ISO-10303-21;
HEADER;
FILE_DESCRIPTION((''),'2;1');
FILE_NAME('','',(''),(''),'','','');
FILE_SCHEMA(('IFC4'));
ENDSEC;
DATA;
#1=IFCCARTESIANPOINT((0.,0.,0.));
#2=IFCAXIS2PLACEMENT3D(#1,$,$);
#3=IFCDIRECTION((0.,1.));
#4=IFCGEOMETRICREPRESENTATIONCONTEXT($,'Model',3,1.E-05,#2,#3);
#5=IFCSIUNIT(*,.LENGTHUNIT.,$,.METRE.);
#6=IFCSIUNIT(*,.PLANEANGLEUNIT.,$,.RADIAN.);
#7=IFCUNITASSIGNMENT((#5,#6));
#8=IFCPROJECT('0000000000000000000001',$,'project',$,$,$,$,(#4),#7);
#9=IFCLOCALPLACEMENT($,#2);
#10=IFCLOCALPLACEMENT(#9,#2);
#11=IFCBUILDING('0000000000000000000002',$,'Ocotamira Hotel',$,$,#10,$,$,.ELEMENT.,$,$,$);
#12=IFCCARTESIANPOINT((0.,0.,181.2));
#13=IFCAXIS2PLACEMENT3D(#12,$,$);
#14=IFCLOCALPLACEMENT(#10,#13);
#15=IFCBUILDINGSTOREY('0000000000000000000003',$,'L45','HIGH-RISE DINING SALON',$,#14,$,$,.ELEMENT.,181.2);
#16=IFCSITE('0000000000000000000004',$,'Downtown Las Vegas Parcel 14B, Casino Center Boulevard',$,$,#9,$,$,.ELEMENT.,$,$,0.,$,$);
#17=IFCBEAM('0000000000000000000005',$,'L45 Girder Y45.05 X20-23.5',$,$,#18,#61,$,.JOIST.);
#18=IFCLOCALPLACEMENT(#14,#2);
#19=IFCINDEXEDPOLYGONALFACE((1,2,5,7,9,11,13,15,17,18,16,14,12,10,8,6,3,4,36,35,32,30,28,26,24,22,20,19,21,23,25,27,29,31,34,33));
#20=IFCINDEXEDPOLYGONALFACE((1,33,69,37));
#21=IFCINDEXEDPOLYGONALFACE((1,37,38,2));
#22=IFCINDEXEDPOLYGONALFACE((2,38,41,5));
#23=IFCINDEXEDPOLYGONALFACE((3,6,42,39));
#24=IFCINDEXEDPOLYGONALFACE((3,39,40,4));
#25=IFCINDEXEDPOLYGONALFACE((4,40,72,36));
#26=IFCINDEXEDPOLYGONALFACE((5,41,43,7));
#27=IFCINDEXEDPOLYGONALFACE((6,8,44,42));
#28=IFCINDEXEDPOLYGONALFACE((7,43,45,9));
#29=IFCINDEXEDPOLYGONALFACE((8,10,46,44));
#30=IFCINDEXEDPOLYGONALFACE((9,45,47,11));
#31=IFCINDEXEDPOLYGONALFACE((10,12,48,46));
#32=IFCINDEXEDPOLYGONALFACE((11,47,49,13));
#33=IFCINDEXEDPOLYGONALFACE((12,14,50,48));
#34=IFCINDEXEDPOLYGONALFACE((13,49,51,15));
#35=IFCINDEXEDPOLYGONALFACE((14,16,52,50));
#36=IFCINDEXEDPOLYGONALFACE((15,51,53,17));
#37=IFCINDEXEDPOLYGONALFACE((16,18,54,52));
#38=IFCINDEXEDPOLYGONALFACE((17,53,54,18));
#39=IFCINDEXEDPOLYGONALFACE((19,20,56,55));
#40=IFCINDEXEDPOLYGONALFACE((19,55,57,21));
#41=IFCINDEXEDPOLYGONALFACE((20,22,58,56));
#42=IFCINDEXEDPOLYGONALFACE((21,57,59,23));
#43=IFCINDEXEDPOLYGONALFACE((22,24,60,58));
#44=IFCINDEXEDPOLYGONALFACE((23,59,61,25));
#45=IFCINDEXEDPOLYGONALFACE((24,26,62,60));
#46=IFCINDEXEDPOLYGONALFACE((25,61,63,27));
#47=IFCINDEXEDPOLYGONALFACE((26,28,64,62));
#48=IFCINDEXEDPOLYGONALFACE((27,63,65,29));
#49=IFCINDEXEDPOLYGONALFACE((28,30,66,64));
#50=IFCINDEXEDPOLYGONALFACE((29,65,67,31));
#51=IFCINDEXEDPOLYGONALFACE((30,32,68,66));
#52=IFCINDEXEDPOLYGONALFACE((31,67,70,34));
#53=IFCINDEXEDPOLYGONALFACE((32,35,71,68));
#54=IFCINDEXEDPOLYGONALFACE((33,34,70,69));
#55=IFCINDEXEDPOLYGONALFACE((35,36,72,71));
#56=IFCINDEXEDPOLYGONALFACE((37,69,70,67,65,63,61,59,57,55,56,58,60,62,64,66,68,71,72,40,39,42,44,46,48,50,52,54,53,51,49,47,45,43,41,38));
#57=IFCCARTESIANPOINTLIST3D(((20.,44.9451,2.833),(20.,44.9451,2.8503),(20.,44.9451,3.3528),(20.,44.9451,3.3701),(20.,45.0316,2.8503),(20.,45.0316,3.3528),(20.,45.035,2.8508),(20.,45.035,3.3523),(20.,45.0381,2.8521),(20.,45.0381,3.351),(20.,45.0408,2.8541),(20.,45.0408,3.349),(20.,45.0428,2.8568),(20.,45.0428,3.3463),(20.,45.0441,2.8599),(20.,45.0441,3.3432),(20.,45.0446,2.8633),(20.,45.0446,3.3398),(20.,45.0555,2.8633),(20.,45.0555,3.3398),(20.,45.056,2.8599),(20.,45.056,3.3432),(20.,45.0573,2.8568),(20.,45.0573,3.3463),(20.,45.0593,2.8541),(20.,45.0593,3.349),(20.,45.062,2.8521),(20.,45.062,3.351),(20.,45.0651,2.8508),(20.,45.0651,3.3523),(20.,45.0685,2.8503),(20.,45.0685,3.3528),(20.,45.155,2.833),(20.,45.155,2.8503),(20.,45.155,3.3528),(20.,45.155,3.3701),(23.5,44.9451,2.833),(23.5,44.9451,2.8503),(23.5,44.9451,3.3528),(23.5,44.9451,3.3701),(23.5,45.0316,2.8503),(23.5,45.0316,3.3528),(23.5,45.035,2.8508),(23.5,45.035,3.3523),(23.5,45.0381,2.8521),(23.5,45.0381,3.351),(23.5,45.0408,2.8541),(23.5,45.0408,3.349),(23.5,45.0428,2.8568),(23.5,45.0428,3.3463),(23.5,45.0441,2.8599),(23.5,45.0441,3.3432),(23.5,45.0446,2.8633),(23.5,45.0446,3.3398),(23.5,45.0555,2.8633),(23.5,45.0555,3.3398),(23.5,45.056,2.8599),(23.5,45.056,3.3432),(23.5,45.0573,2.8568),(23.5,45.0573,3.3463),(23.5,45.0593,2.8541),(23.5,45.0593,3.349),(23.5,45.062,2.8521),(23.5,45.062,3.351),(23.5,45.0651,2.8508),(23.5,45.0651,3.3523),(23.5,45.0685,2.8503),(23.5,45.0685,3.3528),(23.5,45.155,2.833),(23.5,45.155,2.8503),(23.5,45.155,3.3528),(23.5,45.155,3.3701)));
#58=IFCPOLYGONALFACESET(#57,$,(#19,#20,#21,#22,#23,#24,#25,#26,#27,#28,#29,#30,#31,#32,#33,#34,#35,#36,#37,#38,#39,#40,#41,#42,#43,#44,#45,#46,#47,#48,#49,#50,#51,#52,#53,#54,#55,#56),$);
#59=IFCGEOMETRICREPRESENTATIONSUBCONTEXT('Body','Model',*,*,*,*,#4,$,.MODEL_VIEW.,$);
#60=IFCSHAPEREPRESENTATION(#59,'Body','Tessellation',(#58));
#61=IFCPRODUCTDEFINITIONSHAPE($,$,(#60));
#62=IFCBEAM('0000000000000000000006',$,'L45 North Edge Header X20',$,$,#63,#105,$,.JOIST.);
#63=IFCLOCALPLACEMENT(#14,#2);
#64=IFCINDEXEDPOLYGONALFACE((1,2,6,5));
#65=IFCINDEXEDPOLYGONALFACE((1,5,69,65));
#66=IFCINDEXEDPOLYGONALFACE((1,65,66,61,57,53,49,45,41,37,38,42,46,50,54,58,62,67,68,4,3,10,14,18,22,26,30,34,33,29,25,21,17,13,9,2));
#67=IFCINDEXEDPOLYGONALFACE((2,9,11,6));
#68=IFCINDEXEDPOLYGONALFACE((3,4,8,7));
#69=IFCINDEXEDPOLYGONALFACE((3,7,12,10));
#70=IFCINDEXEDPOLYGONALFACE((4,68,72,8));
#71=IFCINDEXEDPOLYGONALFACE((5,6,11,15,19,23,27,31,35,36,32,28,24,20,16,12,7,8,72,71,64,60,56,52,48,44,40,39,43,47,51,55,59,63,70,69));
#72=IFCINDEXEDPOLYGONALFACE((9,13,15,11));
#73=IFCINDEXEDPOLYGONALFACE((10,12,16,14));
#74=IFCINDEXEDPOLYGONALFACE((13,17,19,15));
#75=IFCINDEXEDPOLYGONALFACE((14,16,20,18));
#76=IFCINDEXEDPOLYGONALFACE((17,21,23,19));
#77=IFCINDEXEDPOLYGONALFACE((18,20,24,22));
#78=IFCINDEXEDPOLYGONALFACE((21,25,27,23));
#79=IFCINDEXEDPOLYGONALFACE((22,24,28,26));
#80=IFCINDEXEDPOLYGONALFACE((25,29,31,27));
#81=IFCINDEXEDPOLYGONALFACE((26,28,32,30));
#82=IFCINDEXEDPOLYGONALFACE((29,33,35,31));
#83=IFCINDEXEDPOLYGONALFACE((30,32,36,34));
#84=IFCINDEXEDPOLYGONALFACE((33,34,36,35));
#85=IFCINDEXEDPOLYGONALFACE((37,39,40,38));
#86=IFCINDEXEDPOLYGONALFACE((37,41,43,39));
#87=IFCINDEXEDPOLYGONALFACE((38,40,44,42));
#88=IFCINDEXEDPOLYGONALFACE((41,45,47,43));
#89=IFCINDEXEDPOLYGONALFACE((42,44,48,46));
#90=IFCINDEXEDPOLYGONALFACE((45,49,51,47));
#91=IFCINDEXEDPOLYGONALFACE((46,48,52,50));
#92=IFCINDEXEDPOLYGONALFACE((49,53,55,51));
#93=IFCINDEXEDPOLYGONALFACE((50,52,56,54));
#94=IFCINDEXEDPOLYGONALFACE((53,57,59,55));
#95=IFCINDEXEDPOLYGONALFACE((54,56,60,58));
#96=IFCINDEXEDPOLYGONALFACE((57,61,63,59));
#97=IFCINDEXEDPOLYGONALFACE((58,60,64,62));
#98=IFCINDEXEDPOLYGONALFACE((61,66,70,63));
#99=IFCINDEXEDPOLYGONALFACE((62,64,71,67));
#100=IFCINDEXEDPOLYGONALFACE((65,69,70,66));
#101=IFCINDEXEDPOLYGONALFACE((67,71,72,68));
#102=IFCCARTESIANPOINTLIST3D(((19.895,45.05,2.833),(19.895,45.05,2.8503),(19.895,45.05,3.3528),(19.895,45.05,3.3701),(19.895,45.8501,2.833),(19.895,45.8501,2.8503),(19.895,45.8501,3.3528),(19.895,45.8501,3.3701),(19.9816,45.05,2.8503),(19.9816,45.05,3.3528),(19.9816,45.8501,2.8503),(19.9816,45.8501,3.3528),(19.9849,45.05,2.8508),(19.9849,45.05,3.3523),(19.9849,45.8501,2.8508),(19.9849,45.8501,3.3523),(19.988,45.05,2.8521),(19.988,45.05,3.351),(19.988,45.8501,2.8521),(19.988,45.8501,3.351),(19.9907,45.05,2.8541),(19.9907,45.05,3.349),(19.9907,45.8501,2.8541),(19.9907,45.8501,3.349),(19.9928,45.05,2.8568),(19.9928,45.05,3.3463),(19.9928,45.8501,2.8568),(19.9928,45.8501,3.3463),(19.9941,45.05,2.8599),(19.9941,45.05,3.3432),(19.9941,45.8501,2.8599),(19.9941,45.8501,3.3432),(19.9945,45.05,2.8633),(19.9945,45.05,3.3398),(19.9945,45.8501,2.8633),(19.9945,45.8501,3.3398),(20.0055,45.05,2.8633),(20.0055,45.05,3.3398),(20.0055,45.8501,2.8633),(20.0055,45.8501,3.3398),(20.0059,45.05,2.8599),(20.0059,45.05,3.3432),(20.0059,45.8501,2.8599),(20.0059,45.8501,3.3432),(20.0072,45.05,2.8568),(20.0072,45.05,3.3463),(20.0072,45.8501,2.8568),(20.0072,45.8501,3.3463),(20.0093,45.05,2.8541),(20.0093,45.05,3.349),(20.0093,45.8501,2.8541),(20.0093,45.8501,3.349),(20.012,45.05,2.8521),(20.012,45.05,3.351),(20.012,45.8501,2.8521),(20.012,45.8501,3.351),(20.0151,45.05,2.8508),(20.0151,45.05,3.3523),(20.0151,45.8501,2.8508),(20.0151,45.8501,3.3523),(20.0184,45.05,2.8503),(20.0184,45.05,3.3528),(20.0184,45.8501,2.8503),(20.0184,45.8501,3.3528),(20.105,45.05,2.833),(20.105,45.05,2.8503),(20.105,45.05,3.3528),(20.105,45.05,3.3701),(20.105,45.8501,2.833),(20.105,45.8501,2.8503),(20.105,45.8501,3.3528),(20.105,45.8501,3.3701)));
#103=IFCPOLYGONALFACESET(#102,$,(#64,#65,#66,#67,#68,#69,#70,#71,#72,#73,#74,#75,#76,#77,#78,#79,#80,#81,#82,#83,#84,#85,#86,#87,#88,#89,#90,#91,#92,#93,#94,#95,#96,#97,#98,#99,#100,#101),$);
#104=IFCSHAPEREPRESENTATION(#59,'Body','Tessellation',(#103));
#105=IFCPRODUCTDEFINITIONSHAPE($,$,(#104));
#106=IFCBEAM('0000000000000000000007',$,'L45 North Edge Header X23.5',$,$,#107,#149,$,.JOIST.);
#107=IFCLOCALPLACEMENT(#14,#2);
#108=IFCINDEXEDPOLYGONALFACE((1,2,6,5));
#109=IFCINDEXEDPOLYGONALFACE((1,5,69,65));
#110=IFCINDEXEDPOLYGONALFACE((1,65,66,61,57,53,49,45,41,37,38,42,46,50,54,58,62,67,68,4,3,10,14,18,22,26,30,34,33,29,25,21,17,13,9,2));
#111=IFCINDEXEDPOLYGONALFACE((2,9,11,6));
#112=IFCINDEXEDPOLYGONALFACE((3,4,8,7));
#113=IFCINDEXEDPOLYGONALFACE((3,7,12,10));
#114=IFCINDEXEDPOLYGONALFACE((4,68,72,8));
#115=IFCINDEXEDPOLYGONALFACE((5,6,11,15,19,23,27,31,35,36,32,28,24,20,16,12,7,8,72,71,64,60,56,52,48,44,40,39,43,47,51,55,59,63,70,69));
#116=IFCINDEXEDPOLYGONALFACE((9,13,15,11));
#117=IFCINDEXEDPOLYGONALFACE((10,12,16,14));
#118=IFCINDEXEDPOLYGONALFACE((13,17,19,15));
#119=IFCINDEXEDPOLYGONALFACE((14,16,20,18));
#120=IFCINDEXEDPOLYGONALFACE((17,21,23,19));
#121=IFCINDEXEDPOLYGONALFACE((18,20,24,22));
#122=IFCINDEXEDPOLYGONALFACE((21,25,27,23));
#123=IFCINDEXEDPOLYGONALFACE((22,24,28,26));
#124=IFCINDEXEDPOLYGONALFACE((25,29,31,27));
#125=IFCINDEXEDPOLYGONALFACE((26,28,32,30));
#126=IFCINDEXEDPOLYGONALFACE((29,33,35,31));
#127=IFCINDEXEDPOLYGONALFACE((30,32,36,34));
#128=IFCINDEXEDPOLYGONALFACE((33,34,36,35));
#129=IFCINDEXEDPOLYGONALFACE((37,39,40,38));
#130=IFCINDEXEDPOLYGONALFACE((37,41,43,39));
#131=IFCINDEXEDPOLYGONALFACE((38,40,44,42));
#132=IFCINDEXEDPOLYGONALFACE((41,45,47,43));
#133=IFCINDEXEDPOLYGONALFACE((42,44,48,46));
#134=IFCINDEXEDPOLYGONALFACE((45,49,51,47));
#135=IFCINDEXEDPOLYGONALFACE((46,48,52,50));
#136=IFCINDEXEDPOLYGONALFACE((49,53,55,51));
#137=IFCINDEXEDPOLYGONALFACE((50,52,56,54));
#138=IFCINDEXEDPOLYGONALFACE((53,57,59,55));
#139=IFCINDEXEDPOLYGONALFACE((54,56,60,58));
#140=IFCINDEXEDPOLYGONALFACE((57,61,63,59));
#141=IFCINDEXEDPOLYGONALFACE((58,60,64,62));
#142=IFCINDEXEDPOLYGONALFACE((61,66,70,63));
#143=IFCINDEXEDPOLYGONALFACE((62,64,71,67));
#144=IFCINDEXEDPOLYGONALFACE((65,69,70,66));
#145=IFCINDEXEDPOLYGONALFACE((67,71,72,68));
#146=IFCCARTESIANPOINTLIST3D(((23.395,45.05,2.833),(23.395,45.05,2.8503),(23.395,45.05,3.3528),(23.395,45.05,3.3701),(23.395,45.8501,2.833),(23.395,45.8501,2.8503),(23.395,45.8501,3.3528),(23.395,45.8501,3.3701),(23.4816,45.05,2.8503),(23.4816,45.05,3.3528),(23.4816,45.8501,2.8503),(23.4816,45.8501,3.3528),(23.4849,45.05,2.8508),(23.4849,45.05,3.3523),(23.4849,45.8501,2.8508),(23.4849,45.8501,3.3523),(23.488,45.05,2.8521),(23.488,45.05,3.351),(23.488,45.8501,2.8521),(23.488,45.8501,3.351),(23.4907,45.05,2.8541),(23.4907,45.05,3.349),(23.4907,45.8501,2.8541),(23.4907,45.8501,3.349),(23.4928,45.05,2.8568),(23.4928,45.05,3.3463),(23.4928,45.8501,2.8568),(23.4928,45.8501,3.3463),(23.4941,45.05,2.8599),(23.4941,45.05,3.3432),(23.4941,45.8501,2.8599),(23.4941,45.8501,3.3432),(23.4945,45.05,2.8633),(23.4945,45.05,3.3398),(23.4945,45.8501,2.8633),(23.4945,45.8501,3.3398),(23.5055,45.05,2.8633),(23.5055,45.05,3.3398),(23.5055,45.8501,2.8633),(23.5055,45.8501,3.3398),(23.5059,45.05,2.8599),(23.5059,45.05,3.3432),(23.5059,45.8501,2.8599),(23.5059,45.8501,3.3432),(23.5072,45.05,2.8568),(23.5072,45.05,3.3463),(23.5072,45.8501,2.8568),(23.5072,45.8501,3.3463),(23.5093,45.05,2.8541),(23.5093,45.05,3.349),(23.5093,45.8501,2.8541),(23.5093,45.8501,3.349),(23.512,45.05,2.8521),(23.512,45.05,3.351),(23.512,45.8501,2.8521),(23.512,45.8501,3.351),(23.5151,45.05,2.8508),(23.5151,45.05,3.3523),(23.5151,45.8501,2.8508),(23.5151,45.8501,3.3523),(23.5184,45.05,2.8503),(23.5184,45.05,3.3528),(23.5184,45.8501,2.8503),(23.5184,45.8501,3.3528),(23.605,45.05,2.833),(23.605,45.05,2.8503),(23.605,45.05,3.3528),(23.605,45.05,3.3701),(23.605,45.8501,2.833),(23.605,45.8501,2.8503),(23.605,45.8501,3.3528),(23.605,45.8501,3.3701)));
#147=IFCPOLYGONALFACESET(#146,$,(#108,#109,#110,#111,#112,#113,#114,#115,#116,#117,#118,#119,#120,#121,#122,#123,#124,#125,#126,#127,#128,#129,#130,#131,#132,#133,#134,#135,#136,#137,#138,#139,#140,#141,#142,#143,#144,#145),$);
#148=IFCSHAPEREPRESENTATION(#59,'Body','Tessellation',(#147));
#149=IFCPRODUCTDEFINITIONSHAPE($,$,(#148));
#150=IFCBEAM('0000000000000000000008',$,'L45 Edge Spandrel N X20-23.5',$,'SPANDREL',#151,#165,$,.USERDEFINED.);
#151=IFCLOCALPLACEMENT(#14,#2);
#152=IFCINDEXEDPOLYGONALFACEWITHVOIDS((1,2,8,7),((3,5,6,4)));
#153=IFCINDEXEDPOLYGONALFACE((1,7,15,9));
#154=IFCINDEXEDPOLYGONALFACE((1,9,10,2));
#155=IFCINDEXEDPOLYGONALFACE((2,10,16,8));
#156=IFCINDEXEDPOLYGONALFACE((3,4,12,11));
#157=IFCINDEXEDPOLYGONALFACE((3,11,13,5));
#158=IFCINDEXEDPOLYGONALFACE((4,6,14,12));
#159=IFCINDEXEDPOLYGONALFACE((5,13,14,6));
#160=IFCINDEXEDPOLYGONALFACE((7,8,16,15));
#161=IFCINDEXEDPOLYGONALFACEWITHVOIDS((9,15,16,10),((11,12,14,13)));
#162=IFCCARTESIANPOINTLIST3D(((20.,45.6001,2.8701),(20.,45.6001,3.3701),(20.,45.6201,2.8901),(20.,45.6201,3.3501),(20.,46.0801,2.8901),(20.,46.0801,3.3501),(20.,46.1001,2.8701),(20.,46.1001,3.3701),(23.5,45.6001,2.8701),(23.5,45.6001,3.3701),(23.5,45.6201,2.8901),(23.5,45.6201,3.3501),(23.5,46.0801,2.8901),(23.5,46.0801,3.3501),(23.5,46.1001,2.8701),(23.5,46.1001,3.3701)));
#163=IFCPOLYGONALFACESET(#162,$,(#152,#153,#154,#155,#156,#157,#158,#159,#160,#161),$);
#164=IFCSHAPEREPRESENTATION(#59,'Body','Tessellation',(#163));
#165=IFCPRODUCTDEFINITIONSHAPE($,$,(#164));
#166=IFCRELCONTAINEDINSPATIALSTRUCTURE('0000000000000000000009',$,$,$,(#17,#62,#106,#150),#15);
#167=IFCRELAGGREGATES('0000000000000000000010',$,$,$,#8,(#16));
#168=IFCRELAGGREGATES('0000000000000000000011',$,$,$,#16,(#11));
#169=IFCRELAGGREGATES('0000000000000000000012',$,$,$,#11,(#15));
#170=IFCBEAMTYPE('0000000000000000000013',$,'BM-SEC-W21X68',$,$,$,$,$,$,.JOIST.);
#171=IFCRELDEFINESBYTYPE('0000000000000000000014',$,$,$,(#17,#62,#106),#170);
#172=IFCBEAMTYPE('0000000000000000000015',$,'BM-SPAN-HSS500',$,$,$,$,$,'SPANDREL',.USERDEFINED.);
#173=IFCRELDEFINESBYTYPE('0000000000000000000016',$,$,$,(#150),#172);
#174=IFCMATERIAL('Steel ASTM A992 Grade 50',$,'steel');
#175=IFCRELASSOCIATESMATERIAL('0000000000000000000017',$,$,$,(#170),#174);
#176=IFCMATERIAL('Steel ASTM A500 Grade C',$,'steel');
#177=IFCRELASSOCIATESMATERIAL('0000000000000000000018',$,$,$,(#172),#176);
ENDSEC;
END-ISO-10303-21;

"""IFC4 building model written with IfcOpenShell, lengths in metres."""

from ifc_helpers import new_model, si_unit, direction, frame, origin, origin_2d, place, context, subcontext, project, spatial, hollow_rectangle, i_section, extrude, source, transform, mapped, material, material_profile, profile_set, type_object, element, save


model = new_model("IFC4")

# Units and contexts
model_context = context("Model", 3, precision=1e-05, world=origin(), true_north=direction((0.0, 1.0)))
body_context = subcontext(model_context, "Body", "Model", "MODEL_VIEW")
ifc_project = project(units=[si_unit("LENGTHUNIT", "METRE"), si_unit("PLANEANGLEUNIT", "RADIAN")], contexts=[model_context])

# Site, building, storey
site_placement = place(None, origin())
site = spatial("IfcSite", under=ifc_project, at=site_placement, Name="Downtown Las Vegas Parcel 14B, Casino Center Boulevard", CompositionType="ELEMENT", RefElevation=0.0)
building_placement = place(site_placement, origin())
building = spatial("IfcBuilding", under=site, at=building_placement, Name="Ocotamira Hotel", CompositionType="ELEMENT")
storey_placement = place(building_placement, frame((0.0, 0.0, 181.2)))
storey = spatial("IfcBuildingStorey", under=building, at=storey_placement, Name="L45", Description="HIGH-RISE DINING SALON", CompositionType="ELEMENT", Elevation=181.2)

# Beams
ifc_material_1 = material(Name="Steel ASTM A992 Grade 50", Category="steel")
ifc_material_profile_1 = material_profile(ifc_material_1, i_section(OverallWidth=0.21, OverallDepth=0.5371, WebThickness=0.011, FlangeThickness=0.0173, FilletRadius=0.0129, at=origin_2d()), Name="W21X68")
ifc_profile_set_1 = profile_set([ifc_material_profile_1], Name="Steel ASTM A992 Grade 50")
beam_type_1 = type_object("IfcBeamType", Name="BM-SEC-W21X68", PredefinedType="JOIST", material=ifc_profile_set_1)
shared_shape_1 = source(origin(), body_context, "Body", "SweptSolid", [
    extrude(i_section(OverallWidth=0.21, OverallDepth=0.5371, WebThickness=0.011, FlangeThickness=0.0173, FilletRadius=0.0129, at=origin_2d()), origin(), (0.0, 0.0, 1.0), 3.5),
])
beam_1_placement = place(storey_placement, frame((20.0, 45.05, 3.1016), z_axis=(1.0, 0.0, 0.0), x_axis=(0.0, 1.0, 0.0)))
element("IfcBeam", 1, at=beam_1_placement, inside=storey, type_object=beam_type_1, Name="L45 Girder Y45.05 X20-23.5", PredefinedType="JOIST", context=body_context, shape_type="MappedRepresentation", body=[
    mapped(shared_shape_1, transform((0.0, 0.0, 0.0), scale=1.0)),
])
shared_shape_2 = source(origin(), body_context, "Body", "SweptSolid", [
    extrude(i_section(OverallWidth=0.21, OverallDepth=0.5371, WebThickness=0.011, FlangeThickness=0.0173, FilletRadius=0.0129, at=origin_2d()), origin(), (0.0, 0.0, 1.0), 0.8),
])
for number, where, z_axis, x_axis, name in (
    (2, (20.0, 45.05, 3.1016), (0.0, 1.0, 0.0), (-1.0, 0.0, 0.0), "L45 North Edge Header X20"),
    (3, (23.5, 45.05, 3.1016), (0.0, 1.0, 0.0), (-1.0, 0.0, 0.0), "L45 North Edge Header X23.5"),
):
    element("IfcBeam", number, at=place(storey_placement, frame(where, z_axis=z_axis, x_axis=x_axis)), inside=storey, type_object=beam_type_1, Name=name, PredefinedType="JOIST", context=body_context, shape_type="MappedRepresentation", body=[
        mapped(shared_shape_2, transform((0.0, 0.0, 0.0), scale=1.0)),
    ])
ifc_material_2 = material(Name="Steel ASTM A500 Grade C", Category="steel")
ifc_material_profile_2 = material_profile(ifc_material_2, hollow_rectangle(XDim=0.5, YDim=0.5, WallThickness=0.02, at=origin_2d()), Name="HSS500X500X20")
ifc_profile_set_2 = profile_set([ifc_material_profile_2], Name="Steel ASTM A500 Grade C")
beam_type_2 = type_object("IfcBeamType", Name="BM-SPAN-HSS500", ElementType="SPANDREL", PredefinedType="USERDEFINED", material=ifc_profile_set_2)
shared_shape_3 = source(origin(), body_context, "Body", "SweptSolid", [
    extrude(hollow_rectangle(XDim=0.5, YDim=0.5, WallThickness=0.02, at=origin_2d()), origin(), (0.0, 0.0, 1.0), 3.5),
])
beam_2_placement = place(storey_placement, frame((20.0, 45.8501, 3.1201), z_axis=(1.0, 0.0, 0.0), x_axis=(0.0, 1.0, 0.0)))
element("IfcBeam", 4, at=beam_2_placement, inside=storey, type_object=beam_type_2, Name="L45 Edge Spandrel N X20-23.5", ObjectType="SPANDREL", PredefinedType="USERDEFINED", context=body_context, shape_type="MappedRepresentation", body=[
    mapped(shared_shape_3, transform((0.0, 0.0, 0.0), scale=1.0)),
])

save(model, "model.ifc")
